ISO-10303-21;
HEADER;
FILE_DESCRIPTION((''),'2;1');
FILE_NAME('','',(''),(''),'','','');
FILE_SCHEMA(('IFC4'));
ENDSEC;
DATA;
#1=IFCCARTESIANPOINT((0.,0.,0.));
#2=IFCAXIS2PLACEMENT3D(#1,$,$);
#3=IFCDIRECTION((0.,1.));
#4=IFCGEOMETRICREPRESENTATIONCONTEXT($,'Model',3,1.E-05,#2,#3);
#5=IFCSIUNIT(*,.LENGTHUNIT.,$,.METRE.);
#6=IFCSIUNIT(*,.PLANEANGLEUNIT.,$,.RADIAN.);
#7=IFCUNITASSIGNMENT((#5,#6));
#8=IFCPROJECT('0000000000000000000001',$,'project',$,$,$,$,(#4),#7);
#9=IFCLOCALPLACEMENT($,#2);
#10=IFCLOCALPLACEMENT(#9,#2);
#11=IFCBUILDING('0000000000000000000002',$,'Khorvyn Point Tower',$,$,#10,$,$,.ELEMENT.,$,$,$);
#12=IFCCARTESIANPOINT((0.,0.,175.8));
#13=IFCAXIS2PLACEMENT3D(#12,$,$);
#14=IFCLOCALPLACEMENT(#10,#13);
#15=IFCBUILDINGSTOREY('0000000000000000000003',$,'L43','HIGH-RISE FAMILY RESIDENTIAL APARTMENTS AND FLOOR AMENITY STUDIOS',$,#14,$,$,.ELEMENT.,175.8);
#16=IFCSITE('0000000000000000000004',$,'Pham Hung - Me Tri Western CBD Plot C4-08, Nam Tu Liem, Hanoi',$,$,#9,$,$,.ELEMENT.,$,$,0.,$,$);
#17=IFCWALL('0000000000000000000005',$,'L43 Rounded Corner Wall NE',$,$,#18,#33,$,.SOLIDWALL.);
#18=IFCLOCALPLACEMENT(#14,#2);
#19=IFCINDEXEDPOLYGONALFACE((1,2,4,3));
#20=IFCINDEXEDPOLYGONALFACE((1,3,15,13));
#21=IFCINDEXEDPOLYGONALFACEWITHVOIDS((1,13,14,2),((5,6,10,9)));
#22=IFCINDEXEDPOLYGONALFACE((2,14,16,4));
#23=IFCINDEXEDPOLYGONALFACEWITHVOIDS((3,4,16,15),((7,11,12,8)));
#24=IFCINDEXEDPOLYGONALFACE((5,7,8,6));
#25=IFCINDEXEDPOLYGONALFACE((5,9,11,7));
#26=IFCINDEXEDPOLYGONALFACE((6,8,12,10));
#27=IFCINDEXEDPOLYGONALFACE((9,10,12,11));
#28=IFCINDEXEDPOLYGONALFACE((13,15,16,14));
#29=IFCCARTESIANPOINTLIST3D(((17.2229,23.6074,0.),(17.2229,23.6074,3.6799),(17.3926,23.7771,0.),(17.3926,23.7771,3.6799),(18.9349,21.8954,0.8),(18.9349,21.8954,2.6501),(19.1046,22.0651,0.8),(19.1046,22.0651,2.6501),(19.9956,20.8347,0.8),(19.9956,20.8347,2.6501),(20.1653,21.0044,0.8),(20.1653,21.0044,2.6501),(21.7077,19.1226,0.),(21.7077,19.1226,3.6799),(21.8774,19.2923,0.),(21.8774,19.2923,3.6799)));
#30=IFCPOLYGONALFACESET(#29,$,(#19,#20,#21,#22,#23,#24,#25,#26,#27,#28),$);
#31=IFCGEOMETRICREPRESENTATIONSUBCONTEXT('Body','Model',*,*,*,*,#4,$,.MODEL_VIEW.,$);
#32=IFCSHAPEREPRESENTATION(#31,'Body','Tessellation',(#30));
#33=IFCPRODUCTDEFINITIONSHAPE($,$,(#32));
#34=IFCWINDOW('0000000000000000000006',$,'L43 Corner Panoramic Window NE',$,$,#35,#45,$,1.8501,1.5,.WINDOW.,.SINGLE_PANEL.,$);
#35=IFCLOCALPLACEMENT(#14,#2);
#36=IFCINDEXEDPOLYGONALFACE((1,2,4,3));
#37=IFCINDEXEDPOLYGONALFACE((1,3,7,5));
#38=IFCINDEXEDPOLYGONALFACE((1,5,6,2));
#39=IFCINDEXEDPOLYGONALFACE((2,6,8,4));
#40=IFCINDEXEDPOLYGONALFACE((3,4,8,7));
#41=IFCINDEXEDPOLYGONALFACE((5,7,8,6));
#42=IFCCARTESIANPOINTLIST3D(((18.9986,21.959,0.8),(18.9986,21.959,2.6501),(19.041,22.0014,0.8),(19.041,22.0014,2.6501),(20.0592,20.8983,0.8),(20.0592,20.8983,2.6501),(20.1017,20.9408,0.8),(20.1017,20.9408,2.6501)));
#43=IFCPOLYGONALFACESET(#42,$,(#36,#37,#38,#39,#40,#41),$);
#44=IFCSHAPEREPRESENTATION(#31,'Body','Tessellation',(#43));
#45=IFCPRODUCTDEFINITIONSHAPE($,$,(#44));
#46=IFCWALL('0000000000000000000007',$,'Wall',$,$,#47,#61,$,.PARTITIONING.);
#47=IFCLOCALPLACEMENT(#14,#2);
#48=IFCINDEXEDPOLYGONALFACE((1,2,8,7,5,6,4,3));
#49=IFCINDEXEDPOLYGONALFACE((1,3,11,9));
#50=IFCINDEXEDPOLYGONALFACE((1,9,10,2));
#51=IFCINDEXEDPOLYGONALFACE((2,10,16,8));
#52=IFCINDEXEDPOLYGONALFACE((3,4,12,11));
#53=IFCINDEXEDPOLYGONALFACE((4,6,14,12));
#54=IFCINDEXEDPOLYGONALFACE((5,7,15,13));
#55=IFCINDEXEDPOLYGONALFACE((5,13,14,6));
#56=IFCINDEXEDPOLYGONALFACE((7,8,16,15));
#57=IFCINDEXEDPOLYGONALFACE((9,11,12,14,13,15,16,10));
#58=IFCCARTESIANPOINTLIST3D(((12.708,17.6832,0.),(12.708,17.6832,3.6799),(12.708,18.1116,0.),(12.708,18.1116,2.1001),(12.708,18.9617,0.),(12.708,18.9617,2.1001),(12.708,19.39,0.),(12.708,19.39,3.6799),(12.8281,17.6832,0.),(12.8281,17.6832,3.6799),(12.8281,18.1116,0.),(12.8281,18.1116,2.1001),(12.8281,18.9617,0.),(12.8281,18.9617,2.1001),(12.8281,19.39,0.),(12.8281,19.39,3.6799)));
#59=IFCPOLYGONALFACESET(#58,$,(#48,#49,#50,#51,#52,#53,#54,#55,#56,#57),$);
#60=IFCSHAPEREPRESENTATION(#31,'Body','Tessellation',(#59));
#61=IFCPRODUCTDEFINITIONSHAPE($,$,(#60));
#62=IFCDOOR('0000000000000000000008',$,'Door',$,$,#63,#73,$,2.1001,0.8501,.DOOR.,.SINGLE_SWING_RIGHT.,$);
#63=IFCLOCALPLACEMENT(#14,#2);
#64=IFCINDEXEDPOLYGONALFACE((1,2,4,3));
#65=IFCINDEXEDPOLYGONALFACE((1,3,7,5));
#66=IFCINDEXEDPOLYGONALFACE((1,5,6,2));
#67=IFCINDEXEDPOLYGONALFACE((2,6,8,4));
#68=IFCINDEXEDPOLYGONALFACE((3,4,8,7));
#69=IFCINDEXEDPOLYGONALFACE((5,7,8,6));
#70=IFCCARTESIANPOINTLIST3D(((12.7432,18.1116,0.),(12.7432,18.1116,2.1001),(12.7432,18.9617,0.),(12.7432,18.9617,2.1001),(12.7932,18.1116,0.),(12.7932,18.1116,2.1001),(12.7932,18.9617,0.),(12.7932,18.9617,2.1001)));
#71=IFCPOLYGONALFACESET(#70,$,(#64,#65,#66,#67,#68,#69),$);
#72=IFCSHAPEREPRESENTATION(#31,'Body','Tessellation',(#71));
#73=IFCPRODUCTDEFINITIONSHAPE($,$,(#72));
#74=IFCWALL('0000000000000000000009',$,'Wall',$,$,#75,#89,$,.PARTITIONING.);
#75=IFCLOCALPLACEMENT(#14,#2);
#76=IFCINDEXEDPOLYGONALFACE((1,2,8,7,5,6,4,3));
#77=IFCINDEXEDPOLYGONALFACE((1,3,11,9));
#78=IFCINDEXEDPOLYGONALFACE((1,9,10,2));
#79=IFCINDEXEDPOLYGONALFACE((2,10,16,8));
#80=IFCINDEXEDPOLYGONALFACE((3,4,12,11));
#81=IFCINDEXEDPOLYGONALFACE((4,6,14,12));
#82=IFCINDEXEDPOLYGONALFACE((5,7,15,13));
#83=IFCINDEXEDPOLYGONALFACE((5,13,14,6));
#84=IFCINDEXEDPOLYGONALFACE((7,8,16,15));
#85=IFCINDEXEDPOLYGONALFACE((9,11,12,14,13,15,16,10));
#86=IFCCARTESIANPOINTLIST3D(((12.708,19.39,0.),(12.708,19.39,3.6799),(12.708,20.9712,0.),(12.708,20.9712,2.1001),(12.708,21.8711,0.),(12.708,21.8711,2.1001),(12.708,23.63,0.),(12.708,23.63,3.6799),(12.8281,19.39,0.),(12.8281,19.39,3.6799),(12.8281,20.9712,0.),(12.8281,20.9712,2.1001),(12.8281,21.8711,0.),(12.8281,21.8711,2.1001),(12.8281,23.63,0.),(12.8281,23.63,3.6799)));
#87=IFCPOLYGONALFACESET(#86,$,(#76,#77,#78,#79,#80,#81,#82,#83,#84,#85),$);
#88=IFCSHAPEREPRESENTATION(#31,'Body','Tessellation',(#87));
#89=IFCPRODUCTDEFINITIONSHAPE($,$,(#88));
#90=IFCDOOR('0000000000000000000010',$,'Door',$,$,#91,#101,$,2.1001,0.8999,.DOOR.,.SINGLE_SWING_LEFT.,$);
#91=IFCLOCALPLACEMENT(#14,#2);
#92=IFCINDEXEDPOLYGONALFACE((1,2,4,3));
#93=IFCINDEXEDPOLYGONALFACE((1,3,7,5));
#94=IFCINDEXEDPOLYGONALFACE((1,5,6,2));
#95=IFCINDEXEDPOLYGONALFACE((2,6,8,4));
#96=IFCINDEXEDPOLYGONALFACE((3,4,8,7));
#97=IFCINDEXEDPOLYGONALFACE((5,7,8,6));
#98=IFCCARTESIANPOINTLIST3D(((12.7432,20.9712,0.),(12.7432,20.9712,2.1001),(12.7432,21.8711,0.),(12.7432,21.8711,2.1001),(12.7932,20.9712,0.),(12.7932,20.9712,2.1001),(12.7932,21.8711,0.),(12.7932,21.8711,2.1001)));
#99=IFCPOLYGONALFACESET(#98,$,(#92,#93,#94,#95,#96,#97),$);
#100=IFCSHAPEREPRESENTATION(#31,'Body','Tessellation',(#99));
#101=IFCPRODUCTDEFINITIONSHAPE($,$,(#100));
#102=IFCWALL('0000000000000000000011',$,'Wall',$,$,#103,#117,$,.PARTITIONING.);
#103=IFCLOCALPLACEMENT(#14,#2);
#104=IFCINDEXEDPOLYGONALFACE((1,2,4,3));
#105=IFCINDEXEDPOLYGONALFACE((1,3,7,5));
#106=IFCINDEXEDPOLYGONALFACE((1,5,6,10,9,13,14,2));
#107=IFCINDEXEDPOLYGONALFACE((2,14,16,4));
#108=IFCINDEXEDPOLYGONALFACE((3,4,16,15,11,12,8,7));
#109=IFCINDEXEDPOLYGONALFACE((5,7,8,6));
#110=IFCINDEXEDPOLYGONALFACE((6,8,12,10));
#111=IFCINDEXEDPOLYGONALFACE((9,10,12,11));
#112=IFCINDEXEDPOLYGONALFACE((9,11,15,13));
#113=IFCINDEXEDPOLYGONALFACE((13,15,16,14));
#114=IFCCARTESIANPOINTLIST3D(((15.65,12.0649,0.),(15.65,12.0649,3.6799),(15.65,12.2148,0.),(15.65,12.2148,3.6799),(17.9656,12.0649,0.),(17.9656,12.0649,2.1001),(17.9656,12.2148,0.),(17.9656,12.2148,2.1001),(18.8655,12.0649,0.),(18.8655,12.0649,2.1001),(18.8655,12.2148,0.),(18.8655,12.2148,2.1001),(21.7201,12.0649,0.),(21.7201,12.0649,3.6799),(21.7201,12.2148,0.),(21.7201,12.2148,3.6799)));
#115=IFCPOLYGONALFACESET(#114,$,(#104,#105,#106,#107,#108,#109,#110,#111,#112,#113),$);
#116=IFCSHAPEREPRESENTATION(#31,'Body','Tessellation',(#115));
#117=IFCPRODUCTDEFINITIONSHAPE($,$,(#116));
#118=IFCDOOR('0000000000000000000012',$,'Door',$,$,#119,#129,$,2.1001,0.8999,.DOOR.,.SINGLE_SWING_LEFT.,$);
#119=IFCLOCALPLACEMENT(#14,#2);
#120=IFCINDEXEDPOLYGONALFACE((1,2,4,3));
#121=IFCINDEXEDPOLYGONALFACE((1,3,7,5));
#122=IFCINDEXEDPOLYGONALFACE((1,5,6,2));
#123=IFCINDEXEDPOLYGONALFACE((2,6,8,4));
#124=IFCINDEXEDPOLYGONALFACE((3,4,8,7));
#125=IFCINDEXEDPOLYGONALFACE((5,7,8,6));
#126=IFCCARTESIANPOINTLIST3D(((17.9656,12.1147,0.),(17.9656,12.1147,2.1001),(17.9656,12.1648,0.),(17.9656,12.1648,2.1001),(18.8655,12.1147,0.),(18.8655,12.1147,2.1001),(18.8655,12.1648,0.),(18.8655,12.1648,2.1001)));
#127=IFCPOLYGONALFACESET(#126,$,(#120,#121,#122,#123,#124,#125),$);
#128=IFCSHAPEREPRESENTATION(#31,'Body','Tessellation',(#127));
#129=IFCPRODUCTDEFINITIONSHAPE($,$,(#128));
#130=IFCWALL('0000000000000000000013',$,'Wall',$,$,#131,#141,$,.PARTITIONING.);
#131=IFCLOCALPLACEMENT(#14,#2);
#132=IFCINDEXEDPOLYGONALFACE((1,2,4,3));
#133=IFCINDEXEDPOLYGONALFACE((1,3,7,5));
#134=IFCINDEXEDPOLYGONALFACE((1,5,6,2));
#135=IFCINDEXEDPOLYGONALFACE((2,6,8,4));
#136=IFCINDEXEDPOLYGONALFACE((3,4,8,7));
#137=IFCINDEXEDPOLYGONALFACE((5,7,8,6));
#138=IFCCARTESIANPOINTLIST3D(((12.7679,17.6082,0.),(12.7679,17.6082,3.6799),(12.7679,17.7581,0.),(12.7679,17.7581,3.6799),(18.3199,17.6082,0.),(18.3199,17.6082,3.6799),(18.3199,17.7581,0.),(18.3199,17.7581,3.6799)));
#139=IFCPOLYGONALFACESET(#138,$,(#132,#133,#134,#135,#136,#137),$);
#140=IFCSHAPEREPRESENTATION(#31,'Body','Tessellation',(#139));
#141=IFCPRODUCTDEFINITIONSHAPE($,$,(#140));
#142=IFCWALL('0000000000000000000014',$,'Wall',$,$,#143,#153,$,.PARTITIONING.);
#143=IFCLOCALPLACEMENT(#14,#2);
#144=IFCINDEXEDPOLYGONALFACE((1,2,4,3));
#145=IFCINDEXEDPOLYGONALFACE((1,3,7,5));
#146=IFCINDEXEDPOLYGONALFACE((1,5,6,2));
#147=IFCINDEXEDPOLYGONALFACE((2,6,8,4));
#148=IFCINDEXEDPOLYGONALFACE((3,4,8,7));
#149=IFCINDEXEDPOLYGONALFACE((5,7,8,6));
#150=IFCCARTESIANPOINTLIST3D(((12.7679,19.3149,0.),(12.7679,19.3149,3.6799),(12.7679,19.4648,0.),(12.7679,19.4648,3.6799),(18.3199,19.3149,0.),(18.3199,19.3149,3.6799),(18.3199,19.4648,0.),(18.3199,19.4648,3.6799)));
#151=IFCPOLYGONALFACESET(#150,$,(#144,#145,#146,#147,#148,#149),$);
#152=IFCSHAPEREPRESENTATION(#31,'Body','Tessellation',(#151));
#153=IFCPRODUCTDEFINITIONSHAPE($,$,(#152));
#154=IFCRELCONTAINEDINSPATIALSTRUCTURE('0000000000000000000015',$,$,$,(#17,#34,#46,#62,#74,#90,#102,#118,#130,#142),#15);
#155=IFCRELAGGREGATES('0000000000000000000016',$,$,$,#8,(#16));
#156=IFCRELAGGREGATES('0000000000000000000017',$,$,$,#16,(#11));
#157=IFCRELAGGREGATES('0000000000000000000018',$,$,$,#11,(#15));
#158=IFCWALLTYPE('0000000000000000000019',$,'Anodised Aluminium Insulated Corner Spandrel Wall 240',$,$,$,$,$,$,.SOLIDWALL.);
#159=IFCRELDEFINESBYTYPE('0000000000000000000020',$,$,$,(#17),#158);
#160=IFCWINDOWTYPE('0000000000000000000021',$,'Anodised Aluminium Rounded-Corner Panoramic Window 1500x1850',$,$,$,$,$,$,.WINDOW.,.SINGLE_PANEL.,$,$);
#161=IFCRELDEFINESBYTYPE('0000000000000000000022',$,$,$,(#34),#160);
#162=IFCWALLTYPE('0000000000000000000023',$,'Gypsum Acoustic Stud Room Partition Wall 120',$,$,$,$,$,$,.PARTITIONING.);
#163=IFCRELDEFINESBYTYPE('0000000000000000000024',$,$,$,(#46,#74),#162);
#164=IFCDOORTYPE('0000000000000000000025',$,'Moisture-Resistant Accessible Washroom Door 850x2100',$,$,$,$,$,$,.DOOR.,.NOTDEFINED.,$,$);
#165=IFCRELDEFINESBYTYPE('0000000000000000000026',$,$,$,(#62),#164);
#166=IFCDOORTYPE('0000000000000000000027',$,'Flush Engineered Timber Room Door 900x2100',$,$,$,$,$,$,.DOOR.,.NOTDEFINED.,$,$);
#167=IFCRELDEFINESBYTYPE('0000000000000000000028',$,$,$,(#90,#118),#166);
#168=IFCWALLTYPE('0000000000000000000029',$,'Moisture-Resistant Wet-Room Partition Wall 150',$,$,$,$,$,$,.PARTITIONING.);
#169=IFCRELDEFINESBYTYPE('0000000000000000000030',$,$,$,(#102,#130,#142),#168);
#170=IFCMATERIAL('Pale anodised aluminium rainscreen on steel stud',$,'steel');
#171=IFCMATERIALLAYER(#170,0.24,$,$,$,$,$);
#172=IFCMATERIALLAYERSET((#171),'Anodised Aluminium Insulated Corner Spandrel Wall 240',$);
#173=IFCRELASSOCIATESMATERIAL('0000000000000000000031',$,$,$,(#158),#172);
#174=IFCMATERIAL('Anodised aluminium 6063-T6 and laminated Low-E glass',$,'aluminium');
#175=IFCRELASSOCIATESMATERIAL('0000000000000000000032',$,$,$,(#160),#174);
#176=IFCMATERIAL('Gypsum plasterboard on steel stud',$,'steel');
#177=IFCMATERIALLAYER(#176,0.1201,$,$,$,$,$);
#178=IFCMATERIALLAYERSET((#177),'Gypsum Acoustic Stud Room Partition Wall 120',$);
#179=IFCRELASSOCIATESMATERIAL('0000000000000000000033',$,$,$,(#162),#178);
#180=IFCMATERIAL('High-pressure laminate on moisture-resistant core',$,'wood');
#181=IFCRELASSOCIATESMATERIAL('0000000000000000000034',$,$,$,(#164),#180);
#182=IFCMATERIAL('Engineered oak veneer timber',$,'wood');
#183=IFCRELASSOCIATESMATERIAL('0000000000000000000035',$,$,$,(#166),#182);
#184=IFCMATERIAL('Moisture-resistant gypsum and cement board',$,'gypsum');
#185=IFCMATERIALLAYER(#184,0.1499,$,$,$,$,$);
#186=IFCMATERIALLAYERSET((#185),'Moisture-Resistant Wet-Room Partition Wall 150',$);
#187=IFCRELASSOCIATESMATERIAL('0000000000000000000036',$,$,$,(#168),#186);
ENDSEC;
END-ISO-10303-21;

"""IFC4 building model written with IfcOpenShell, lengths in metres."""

from ifc_helpers import new_model, si_unit, direction, frame, frame_2d, origin, place, context, subcontext, project, spatial, rectangle, extrude, material, layer, layer_set, type_object, element, fill, save


model = new_model("IFC4")

# Units and contexts
model_context = context("Model", 3, precision=1e-05, world=origin(), true_north=direction((0.0, 1.0)))
body_context = subcontext(model_context, "Body", "Model", "MODEL_VIEW")
ifc_project = project(units=[si_unit("LENGTHUNIT", "METRE"), si_unit("PLANEANGLEUNIT", "RADIAN")], contexts=[model_context])

# Site, building, storey
site_placement = place(None, origin())
site = spatial("IfcSite", under=ifc_project, at=site_placement, Name="Pham Hung - Me Tri Western CBD Plot C4-08, Nam Tu Liem, Hanoi", CompositionType="ELEMENT", RefElevation=0.0)
building_placement = place(site_placement, origin())
building = spatial("IfcBuilding", under=site, at=building_placement, Name="Khorvyn Point Tower", CompositionType="ELEMENT")
storey_placement = place(building_placement, frame((0.0, 0.0, 175.8)))
storey = spatial("IfcBuildingStorey", under=building, at=storey_placement, Name="L43", Description="HIGH-RISE FAMILY RESIDENTIAL APARTMENTS AND FLOOR AMENITY STUDIOS", CompositionType="ELEMENT", Elevation=175.8)

# Shared definitions
ifc_material_1 = material(Name="Anodised aluminium 6063-T6 and laminated Low-E glass", Category="aluminium")

# Wall, opening, window
ifc_material_2 = material(Name="Pale anodised aluminium rainscreen on steel stud", Category="steel")
ifc_layer_1 = layer(ifc_material_2, 0.24)
ifc_layer_set_1 = layer_set([ifc_layer_1], Name="Anodised Aluminium Insulated Corner Spandrel Wall 240")
wall_type_1 = type_object("IfcWallType", Name="Anodised Aluminium Insulated Corner Spandrel Wall 240", PredefinedType="SOLIDWALL", material=ifc_layer_set_1)
wall_1_placement = place(storey_placement, frame((17.3076, 23.6924, 0.0), z_axis=(0.0, 0.0, 1.0), x_axis=(0.707107, -0.707107, 0.0)))
wall_1 = element("IfcWall", 1, at=wall_1_placement, inside=storey, type_object=wall_type_1, Name="L43 Rounded Corner Wall NE", PredefinedType="SOLIDWALL", context=body_context, shape_type="SweptSolid", body=[
    extrude(rectangle(XDim=6.3425, YDim=0.24, at=frame_2d((3.1714, 0.0))), origin(), (0.0, 0.0, 1.0), 3.6799),
])
opening_1_placement = place(wall_1_placement, frame((2.4214, 0.0, 0.8)))
opening_1 = element("IfcOpeningElement", 2, at=opening_1_placement, cuts=wall_1, PredefinedType="OPENING", context=body_context, shape_type="SweptSolid", body=[
    extrude(rectangle(XDim=1.5, YDim=1.8501, at=frame_2d((0.75, 0.925))), frame((0.0, 0.1299, 0.0), z_axis=(0.0, -1.0, 0.0), x_axis=(1.0, 0.0, 0.0)), (0.0, 0.0, 1.0), 0.26),
])
window_type = type_object("IfcWindowType", Name="Anodised Aluminium Rounded-Corner Panoramic Window 1500x1850", PartitioningType="SINGLE_PANEL", PredefinedType="WINDOW", material=ifc_material_1)
window_placement = place(opening_1_placement, origin())
window = element("IfcWindow", 3, at=window_placement, inside=storey, type_object=window_type, Name="L43 Corner Panoramic Window NE", OverallHeight=1.8501, OverallWidth=1.5, PartitioningType="SINGLE_PANEL", PredefinedType="WINDOW", context=body_context, shape_type="SweptSolid", body=[
    extrude(rectangle(XDim=1.5, YDim=1.8501, at=frame_2d((0.75, 0.925))), frame((0.0, 0.03, 0.0), z_axis=(0.0, -1.0, 0.0), x_axis=(1.0, 0.0, 0.0)), (0.0, 0.0, 1.0), 0.0601),
])
fill(opening_1, window)

# Walls, openings, doors
ifc_material_3 = material(Name="Gypsum plasterboard on steel stud", Category="steel")
ifc_layer_2 = layer(ifc_material_3, 0.1201)
ifc_layer_set_2 = layer_set([ifc_layer_2], Name="Gypsum Acoustic Stud Room Partition Wall 120")
wall_type_2 = type_object("IfcWallType", Name="Gypsum Acoustic Stud Room Partition Wall 120", PredefinedType="PARTITIONING", material=ifc_layer_set_2)
wall_2_placement = place(storey_placement, frame((12.7681, 17.6831, 0.0), z_axis=(0.0, 0.0, 1.0), x_axis=(0.0, 1.0, 0.0)))
wall_2 = element("IfcWall", 4, at=wall_2_placement, inside=storey, type_object=wall_type_2, Name="Wall", PredefinedType="PARTITIONING", context=body_context, shape_type="SweptSolid", body=[
    extrude(rectangle(XDim=1.7068, YDim=0.1201, at=frame_2d((0.8535, 0.0))), origin(), (0.0, 0.0, 1.0), 3.6799),
])
opening_2_placement = place(wall_2_placement, frame((0.4285, 0.0, 0.0)))
opening_2 = element("IfcOpeningElement", 5, at=opening_2_placement, cuts=wall_2, PredefinedType="OPENING", context=body_context, shape_type="SweptSolid", body=[
    extrude(rectangle(XDim=0.8501, YDim=2.1001, at=frame_2d((0.425, 1.05))), frame((0.0, 0.0701, 0.0), z_axis=(0.0, -1.0, 0.0), x_axis=(1.0, 0.0, 0.0)), (0.0, 0.0, 1.0), 0.1401),
])
ifc_material_4 = material(Name="High-pressure laminate on moisture-resistant core", Category="wood")
door_type_1 = type_object("IfcDoorType", Name="Moisture-Resistant Accessible Washroom Door 850x2100", OperationType="NOTDEFINED", PredefinedType="DOOR", material=ifc_material_4)
door_1_placement = place(opening_2_placement, origin())
door_1 = element("IfcDoor", 6, at=door_1_placement, inside=storey, type_object=door_type_1, Name="Door", OperationType="SINGLE_SWING_RIGHT", OverallHeight=2.1001, OverallWidth=0.8501, PredefinedType="DOOR", context=body_context, shape_type="SweptSolid", body=[
    extrude(rectangle(XDim=0.8501, YDim=2.1001, at=frame_2d((0.425, 1.05))), frame((0.0, 0.0249, 0.0), z_axis=(0.0, -1.0, 0.0), x_axis=(1.0, 0.0, 0.0)), (0.0, 0.0, 1.0), 0.05),
])
fill(opening_2, door_1)
wall_3_placement = place(storey_placement, frame((12.7681, 19.3899, 0.0), z_axis=(0.0, 0.0, 1.0), x_axis=(0.0, 1.0, 0.0)))
wall_3 = element("IfcWall", 7, at=wall_3_placement, inside=storey, type_object=wall_type_2, Name="Wall", PredefinedType="PARTITIONING", context=body_context, shape_type="SweptSolid", body=[
    extrude(rectangle(XDim=4.24, YDim=0.1201, at=frame_2d((2.1201, 0.0))), origin(), (0.0, 0.0, 1.0), 3.6799),
])
opening_3_placement = place(wall_3_placement, frame((1.5813, 0.0, 0.0)))
opening_3 = element("IfcOpeningElement", 8, at=opening_3_placement, cuts=wall_3, PredefinedType="OPENING", context=body_context, shape_type="SweptSolid", body=[
    extrude(rectangle(XDim=0.8999, YDim=2.1001, at=frame_2d((0.45, 1.05))), frame((0.0, 0.0701, 0.0), z_axis=(0.0, -1.0, 0.0), x_axis=(1.0, 0.0, 0.0)), (0.0, 0.0, 1.0), 0.1401),
])
ifc_material_5 = material(Name="Engineered oak veneer timber", Category="wood")
door_type_2 = type_object("IfcDoorType", Name="Flush Engineered Timber Room Door 900x2100", OperationType="NOTDEFINED", PredefinedType="DOOR", material=ifc_material_5)
door_2_placement = place(opening_3_placement, origin())
door_2 = element("IfcDoor", 9, at=door_2_placement, inside=storey, type_object=door_type_2, Name="Door", OperationType="SINGLE_SWING_LEFT", OverallHeight=2.1001, OverallWidth=0.8999, PredefinedType="DOOR", context=body_context, shape_type="SweptSolid", body=[
    extrude(rectangle(XDim=0.8999, YDim=2.1001, at=frame_2d((0.45, 1.05))), frame((0.0, 0.0249, 0.0), z_axis=(0.0, -1.0, 0.0), x_axis=(1.0, 0.0, 0.0)), (0.0, 0.0, 1.0), 0.05),
])
fill(opening_3, door_2)
ifc_material_6 = material(Name="Moisture-resistant gypsum and cement board", Category="gypsum")
ifc_layer_3 = layer(ifc_material_6, 0.1499)
ifc_layer_set_3 = layer_set([ifc_layer_3], Name="Moisture-Resistant Wet-Room Partition Wall 150")
wall_type_3 = type_object("IfcWallType", Name="Moisture-Resistant Wet-Room Partition Wall 150", PredefinedType="PARTITIONING", material=ifc_layer_set_3)
wall_4_placement = place(storey_placement, frame((15.6499, 12.1399, 0.0), z_axis=(0.0, 0.0, 1.0), x_axis=(1.0, 0.0, 0.0)))
wall_4 = element("IfcWall", 10, at=wall_4_placement, inside=storey, type_object=wall_type_3, Name="Wall", PredefinedType="PARTITIONING", context=body_context, shape_type="SweptSolid", body=[
    extrude(rectangle(XDim=6.0701, YDim=0.1499, at=frame_2d((3.0352, 0.0))), origin(), (0.0, 0.0, 1.0), 3.6799),
])
opening_4_placement = place(wall_4_placement, frame((2.3157, 0.0, 0.0)))
opening_4 = element("IfcOpeningElement", 11, at=opening_4_placement, cuts=wall_4, PredefinedType="OPENING", context=body_context, shape_type="SweptSolid", body=[
    extrude(rectangle(XDim=0.8999, YDim=2.1001, at=frame_2d((0.45, 1.05))), frame((0.0, 0.085, 0.0), z_axis=(0.0, -1.0, 0.0), x_axis=(1.0, 0.0, 0.0)), (0.0, 0.0, 1.0), 0.1699),
])
door_3_placement = place(opening_4_placement, origin())
door_3 = element("IfcDoor", 12, at=door_3_placement, inside=storey, type_object=door_type_2, Name="Door", OperationType="SINGLE_SWING_LEFT", OverallHeight=2.1001, OverallWidth=0.8999, PredefinedType="DOOR", context=body_context, shape_type="SweptSolid", body=[
    extrude(rectangle(XDim=0.8999, YDim=2.1001, at=frame_2d((0.45, 1.05))), frame((0.0, 0.0249, 0.0), z_axis=(0.0, -1.0, 0.0), x_axis=(1.0, 0.0, 0.0)), (0.0, 0.0, 1.0), 0.05),
])
fill(opening_4, door_3)

# Walls
for number, where, z_axis, x_axis, name in (
    (13, (12.7681, 17.6831, 0.0), (0.0, 0.0, 1.0), (1.0, 0.0, 0.0), "Wall"),
    (14, (12.7681, 19.3899, 0.0), (0.0, 0.0, 1.0), (1.0, 0.0, 0.0), "Wall"),
):
    element("IfcWall", number, at=place(storey_placement, frame(where, z_axis=z_axis, x_axis=x_axis)), inside=storey, type_object=wall_type_3, Name=name, PredefinedType="PARTITIONING", context=body_context, shape_type="SweptSolid", body=[
        extrude(rectangle(XDim=5.552, YDim=0.1499, at=frame_2d((2.7759, 0.0))), origin(), (0.0, 0.0, 1.0), 3.6799),
    ])

save(model, "model.ifc")
